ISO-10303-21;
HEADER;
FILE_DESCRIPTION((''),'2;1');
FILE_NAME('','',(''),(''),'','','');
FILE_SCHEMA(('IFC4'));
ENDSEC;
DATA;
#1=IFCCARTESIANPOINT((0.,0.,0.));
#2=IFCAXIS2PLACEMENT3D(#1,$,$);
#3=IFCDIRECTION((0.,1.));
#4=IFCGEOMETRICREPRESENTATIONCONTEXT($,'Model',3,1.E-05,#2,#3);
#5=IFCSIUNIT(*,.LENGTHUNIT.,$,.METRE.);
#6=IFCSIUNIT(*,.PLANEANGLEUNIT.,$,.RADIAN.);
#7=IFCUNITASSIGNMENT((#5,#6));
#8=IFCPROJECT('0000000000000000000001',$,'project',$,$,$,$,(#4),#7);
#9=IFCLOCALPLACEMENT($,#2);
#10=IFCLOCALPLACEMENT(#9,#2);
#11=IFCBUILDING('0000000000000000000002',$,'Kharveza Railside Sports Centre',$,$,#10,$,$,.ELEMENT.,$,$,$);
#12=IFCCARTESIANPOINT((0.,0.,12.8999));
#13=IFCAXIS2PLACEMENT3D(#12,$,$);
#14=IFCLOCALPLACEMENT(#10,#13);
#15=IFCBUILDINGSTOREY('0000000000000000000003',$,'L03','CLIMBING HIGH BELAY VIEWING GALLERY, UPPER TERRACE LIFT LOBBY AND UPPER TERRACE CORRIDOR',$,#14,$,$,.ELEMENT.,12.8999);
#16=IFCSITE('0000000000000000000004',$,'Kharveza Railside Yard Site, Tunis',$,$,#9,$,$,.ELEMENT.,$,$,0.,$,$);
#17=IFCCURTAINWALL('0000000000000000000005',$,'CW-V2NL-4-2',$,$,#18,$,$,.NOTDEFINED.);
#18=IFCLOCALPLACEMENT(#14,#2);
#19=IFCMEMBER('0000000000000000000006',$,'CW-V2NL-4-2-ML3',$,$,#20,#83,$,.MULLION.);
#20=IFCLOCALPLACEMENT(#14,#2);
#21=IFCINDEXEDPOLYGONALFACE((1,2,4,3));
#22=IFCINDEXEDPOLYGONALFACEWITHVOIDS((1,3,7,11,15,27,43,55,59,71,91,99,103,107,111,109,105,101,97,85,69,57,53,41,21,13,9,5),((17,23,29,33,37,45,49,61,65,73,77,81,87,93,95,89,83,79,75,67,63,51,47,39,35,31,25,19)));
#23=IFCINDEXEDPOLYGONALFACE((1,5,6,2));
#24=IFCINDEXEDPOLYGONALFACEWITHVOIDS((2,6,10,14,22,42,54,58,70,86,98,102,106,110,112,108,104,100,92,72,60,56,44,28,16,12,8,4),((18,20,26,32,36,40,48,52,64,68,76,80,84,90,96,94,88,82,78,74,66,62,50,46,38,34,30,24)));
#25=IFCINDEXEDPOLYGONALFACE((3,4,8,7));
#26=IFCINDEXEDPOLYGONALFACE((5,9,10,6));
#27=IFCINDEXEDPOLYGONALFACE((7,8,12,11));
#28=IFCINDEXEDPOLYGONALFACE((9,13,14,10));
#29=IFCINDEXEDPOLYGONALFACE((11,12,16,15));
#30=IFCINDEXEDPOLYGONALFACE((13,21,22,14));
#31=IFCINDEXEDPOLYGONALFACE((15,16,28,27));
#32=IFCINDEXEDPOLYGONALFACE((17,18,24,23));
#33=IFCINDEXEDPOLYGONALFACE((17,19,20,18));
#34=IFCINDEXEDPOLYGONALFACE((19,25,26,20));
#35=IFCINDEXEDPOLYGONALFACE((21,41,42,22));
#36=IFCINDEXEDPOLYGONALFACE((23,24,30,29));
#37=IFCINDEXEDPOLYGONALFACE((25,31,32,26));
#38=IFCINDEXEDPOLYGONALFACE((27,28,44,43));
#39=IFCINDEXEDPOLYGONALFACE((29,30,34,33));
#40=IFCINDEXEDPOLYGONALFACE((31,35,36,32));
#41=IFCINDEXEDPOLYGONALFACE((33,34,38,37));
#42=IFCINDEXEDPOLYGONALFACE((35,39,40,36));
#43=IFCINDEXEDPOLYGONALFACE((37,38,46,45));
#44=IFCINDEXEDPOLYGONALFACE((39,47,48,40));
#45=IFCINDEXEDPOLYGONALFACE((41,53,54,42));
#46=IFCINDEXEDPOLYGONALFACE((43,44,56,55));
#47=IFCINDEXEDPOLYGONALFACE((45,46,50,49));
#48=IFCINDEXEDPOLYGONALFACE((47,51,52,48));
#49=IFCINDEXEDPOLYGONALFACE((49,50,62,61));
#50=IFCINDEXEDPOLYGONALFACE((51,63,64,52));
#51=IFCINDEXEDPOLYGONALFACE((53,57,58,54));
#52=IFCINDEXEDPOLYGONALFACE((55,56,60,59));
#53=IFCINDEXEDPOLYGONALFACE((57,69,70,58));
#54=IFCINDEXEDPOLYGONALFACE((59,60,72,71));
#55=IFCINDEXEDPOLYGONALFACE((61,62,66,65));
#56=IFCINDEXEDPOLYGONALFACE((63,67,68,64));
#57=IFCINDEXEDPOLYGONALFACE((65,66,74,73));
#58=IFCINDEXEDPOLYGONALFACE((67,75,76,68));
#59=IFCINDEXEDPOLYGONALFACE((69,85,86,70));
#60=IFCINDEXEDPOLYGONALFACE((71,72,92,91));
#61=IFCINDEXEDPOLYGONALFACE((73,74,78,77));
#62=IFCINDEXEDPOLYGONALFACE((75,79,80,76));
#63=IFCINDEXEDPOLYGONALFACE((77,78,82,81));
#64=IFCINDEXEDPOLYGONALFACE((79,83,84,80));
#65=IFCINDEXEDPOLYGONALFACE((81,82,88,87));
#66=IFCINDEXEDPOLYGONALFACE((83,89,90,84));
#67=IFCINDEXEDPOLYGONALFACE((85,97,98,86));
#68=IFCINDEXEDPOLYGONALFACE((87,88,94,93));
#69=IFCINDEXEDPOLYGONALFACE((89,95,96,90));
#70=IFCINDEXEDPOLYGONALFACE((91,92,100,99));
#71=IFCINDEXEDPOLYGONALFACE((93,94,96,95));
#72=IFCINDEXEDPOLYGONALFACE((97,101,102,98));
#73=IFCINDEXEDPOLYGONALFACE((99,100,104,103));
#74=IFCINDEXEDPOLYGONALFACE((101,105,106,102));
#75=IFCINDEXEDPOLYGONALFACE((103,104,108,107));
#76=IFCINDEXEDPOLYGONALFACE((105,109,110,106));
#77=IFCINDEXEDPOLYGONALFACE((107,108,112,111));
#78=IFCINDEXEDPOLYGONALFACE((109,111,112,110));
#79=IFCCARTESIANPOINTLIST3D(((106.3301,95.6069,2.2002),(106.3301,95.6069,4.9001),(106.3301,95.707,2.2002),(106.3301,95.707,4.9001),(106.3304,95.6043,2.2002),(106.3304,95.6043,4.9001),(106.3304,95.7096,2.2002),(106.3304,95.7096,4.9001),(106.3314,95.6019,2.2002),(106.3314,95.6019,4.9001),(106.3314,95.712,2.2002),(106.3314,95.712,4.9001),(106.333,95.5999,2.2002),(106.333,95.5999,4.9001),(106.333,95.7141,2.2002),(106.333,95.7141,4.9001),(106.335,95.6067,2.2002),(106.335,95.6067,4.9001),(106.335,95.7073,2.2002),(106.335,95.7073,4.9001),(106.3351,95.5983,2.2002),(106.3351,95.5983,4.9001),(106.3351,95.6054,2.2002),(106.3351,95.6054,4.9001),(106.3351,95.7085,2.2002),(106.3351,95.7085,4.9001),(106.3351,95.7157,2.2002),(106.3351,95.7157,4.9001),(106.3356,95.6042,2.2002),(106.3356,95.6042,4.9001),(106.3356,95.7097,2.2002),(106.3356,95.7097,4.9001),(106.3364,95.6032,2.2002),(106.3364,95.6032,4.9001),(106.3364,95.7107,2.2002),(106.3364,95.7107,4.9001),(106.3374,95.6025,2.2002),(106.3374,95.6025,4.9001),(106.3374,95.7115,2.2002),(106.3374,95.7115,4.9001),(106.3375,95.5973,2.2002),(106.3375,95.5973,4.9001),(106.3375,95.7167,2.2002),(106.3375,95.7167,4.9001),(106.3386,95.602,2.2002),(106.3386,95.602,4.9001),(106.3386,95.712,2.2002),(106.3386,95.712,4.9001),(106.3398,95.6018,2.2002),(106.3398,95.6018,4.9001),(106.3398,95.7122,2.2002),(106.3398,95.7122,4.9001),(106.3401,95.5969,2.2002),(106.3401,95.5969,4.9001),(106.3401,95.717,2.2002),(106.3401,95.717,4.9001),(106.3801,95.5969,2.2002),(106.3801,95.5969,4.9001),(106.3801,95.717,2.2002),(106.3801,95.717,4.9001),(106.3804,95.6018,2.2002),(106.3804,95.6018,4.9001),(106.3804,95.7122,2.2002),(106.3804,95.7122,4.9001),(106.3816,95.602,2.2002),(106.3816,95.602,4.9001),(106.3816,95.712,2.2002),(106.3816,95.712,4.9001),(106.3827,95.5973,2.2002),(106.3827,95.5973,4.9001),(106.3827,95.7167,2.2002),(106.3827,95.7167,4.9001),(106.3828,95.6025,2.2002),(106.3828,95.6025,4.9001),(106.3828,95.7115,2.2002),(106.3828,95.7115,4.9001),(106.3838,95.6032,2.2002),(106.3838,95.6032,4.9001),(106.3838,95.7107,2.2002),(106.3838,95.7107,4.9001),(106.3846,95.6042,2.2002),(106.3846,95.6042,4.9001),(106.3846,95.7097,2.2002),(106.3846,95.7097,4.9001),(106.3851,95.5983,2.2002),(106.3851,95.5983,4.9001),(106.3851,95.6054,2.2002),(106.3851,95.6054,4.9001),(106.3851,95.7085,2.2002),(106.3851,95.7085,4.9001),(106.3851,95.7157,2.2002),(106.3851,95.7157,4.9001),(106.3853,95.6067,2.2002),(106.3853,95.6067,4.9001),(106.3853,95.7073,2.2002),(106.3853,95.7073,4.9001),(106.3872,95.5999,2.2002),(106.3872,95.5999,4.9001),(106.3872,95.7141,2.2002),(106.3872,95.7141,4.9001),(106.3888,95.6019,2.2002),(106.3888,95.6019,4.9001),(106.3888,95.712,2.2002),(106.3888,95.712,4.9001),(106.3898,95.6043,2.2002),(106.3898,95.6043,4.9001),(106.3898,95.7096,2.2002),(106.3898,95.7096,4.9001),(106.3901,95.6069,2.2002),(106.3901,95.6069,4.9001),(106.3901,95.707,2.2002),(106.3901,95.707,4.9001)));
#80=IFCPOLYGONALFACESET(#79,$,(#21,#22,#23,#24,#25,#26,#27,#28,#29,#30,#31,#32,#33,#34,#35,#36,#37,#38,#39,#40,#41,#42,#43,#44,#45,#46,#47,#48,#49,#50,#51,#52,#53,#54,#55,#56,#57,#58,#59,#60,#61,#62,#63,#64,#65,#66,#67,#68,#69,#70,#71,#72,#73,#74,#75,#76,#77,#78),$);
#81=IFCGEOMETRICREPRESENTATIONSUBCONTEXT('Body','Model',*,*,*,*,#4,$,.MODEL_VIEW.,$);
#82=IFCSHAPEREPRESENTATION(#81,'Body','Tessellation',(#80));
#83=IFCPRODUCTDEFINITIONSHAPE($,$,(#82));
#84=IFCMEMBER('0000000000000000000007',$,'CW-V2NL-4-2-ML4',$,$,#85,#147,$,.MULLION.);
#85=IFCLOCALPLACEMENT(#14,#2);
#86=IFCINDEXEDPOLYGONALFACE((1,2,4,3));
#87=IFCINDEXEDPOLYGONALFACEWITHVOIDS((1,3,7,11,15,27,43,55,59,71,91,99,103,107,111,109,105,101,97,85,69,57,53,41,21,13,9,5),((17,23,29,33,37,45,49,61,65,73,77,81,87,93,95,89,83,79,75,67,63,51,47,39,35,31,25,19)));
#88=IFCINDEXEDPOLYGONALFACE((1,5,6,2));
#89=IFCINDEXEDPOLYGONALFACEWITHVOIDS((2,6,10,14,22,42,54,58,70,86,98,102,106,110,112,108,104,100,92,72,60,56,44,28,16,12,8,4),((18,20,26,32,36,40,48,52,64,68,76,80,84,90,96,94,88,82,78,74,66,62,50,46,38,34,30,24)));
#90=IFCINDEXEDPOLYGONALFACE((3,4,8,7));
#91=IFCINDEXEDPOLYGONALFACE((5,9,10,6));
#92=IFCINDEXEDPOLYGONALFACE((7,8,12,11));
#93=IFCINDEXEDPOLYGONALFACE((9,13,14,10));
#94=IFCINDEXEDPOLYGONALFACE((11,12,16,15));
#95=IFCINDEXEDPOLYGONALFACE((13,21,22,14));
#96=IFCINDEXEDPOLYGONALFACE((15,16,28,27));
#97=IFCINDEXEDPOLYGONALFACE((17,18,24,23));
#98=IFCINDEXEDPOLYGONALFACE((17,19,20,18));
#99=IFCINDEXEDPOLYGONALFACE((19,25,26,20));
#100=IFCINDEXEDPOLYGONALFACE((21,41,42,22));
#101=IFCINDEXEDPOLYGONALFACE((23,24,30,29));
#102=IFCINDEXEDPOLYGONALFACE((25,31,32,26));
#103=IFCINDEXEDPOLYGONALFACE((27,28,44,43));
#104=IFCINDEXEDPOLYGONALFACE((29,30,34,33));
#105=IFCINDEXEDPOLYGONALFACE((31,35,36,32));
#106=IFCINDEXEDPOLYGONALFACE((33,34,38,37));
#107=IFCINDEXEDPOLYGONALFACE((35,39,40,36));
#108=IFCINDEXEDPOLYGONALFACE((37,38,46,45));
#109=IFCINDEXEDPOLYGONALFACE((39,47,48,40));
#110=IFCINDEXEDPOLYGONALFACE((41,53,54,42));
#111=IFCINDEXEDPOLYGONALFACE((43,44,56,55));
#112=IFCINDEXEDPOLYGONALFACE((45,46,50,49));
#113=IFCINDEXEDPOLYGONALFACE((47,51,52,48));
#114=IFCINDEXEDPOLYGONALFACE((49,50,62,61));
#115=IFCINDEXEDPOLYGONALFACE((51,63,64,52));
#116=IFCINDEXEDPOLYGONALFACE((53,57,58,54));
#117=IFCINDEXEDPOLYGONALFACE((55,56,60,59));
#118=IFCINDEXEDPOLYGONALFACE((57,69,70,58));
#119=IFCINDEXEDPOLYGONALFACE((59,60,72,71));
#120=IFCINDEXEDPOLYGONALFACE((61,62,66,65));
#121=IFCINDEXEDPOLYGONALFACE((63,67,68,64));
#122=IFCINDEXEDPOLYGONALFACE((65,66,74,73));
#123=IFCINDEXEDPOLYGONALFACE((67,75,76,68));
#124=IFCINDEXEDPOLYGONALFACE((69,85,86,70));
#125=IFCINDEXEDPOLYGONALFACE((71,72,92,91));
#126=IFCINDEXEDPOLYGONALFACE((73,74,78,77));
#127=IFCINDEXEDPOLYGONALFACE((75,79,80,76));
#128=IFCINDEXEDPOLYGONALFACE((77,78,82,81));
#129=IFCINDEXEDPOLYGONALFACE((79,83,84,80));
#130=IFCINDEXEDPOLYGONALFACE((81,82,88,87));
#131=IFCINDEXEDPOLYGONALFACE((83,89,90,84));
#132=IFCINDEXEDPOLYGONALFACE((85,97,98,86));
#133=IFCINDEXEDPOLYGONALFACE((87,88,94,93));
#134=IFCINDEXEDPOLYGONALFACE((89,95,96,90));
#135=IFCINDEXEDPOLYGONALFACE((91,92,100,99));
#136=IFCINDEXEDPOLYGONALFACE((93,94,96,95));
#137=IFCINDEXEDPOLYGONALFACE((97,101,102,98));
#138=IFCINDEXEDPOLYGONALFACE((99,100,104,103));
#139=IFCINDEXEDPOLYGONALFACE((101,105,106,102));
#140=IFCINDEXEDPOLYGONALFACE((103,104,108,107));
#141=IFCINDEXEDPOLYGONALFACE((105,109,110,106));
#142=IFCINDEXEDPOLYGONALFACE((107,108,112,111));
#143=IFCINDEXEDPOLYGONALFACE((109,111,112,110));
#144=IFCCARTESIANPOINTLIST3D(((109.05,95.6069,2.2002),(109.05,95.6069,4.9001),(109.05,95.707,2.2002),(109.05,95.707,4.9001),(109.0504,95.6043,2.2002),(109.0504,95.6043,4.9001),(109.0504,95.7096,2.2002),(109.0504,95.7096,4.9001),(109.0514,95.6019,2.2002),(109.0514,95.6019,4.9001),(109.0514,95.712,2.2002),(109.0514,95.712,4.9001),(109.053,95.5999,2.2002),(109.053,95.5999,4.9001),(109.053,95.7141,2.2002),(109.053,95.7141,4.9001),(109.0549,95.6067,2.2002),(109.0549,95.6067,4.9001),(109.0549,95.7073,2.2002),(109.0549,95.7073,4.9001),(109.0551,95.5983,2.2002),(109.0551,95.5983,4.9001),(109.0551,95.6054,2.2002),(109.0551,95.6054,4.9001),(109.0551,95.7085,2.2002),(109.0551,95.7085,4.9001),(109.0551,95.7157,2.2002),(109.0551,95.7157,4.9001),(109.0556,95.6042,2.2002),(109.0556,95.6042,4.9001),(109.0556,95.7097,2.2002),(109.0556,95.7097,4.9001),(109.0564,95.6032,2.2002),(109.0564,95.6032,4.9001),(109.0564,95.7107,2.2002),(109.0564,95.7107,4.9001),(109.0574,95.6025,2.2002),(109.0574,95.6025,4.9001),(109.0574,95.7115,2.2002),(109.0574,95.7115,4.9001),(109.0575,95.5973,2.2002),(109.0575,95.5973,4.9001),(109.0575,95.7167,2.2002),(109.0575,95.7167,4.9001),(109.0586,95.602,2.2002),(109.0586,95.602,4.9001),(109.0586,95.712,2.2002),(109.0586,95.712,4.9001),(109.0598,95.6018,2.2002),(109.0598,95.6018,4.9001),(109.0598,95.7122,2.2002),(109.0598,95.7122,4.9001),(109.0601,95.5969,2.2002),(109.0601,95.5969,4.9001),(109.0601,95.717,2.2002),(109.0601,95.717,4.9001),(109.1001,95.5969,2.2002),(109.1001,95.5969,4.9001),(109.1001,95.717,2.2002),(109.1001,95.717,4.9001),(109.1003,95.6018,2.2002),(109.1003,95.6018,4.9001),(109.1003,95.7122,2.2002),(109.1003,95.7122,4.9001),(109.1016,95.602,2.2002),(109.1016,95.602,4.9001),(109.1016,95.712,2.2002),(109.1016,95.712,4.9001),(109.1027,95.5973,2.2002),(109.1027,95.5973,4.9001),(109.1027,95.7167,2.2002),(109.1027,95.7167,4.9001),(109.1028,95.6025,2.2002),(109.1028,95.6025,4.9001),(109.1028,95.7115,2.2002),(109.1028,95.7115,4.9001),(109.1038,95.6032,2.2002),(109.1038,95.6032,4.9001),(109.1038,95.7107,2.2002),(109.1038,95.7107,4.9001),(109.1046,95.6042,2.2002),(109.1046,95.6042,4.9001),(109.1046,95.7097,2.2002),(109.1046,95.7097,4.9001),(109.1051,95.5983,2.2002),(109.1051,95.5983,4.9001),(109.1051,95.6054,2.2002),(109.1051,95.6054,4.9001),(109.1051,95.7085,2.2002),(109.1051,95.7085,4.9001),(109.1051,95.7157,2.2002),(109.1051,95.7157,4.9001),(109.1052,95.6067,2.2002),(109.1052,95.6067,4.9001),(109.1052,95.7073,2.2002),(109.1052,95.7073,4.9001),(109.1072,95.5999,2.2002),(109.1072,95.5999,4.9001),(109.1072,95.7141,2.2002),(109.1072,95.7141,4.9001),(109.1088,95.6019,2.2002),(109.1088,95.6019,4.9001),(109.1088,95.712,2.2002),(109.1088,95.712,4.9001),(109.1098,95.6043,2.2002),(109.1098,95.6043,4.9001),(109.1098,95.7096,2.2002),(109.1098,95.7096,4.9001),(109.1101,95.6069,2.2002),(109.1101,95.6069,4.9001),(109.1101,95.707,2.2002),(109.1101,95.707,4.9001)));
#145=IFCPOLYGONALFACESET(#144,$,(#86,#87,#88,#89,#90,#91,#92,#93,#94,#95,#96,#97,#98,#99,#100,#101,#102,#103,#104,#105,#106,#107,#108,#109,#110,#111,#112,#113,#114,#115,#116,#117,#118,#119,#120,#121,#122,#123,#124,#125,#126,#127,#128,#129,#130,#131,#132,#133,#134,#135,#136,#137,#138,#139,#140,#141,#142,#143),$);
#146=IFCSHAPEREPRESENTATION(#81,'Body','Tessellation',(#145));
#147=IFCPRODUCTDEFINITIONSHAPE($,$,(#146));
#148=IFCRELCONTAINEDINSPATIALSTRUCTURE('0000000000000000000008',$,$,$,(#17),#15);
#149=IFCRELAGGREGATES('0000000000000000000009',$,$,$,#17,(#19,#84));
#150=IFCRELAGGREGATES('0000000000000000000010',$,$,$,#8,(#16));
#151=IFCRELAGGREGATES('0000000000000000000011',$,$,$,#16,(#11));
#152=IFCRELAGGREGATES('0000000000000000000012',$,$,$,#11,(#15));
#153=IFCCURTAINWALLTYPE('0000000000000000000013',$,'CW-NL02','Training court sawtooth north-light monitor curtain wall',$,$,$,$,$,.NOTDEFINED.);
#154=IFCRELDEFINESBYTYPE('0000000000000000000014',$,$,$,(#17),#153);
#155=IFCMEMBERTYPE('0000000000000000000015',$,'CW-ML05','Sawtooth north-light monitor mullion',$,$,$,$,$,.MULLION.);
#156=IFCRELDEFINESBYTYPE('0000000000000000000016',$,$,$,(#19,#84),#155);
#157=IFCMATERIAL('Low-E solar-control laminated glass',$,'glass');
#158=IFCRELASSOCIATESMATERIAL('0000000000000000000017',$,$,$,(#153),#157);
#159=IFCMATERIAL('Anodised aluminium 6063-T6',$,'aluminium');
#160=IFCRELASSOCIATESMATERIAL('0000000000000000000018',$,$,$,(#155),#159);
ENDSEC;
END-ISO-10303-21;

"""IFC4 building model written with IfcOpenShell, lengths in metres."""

from ifc_helpers import new_model, si_unit, direction, frame, origin, origin_2d, place, context, subcontext, project, spatial, hollow_rectangle, extrude, material, material_profile, profile_set, type_object, element, aggregate, save


model = new_model("IFC4")

# Units and contexts
model_context = context("Model", 3, precision=1e-05, world=origin(), true_north=direction((0.0, 1.0)))
body_context = subcontext(model_context, "Body", "Model", "MODEL_VIEW")
ifc_project = project(units=[si_unit("LENGTHUNIT", "METRE"), si_unit("PLANEANGLEUNIT", "RADIAN")], contexts=[model_context])

# Site, building, storey
site_placement = place(None, origin())
site = spatial("IfcSite", under=ifc_project, at=site_placement, Name="Kharveza Railside Yard Site, Tunis", CompositionType="ELEMENT", RefElevation=0.0)
building_placement = place(site_placement, origin())
building = spatial("IfcBuilding", under=site, at=building_placement, Name="Kharveza Railside Sports Centre", CompositionType="ELEMENT")
storey_placement = place(building_placement, frame((0.0, 0.0, 12.8999)))
storey = spatial("IfcBuildingStorey", under=building, at=storey_placement, Name="L03", Description="CLIMBING HIGH BELAY VIEWING GALLERY, UPPER TERRACE LIFT LOBBY AND UPPER TERRACE CORRIDOR", CompositionType="ELEMENT", Elevation=12.8999)

# Curtain wall, members
ifc_material_1 = material(Name="Low-E solar-control laminated glass", Category="glass")
curtain_wall_type = type_object("IfcCurtainWallType", Name="CW-NL02", Description="Training court sawtooth north-light monitor curtain wall", PredefinedType="NOTDEFINED", material=ifc_material_1)
ifc_material_2 = material(Name="Anodised aluminium 6063-T6", Category="aluminium")
ifc_material_profile_1 = material_profile(ifc_material_2, hollow_rectangle(XDim=0.0601, YDim=0.1201, WallThickness=0.0049, InnerFilletRadius=0.0049, OuterFilletRadius=0.01, at=origin_2d()), Name="RHS 60x120x5.0")
ifc_profile_set_1 = profile_set([ifc_material_profile_1], Name="Anodised aluminium 6063-T6")
member_type_1 = type_object("IfcMemberType", Name="CW-ML05", Description="Sawtooth north-light monitor mullion", PredefinedType="MULLION", material=ifc_profile_set_1)
curtain_wall_1_placement = place(storey_placement, origin())
curtain_wall_1 = element("IfcCurtainWall", 1, at=curtain_wall_1_placement, inside=storey, type_object=curtain_wall_type, Name="CW-V2NL-4-2", PredefinedType="NOTDEFINED")
member_1_placement = place(storey_placement, frame((106.3601, 95.657, 2.2002), z_axis=(0.0, 0.0, 1.0), x_axis=(1.0, 0.0, 0.0)))
member_1 = element("IfcMember", 2, at=member_1_placement, type_object=member_type_1, Name="CW-V2NL-4-2-ML3", PredefinedType="MULLION", context=body_context, shape_type="SweptSolid", body=[
    extrude(hollow_rectangle(XDim=0.0601, YDim=0.1201, WallThickness=0.0049, InnerFilletRadius=0.0049, OuterFilletRadius=0.01, at=origin_2d()), origin(), (0.0, 0.0, 1.0), 2.7),
])
member_2_placement = place(storey_placement, frame((109.0801, 95.657, 2.2002), z_axis=(0.0, 0.0, 1.0), x_axis=(1.0, 0.0, 0.0)))
member_2 = element("IfcMember", 3, at=member_2_placement, type_object=member_type_1, Name="CW-V2NL-4-2-ML4", PredefinedType="MULLION", context=body_context, shape_type="SweptSolid", body=[
    extrude(hollow_rectangle(XDim=0.0601, YDim=0.1201, WallThickness=0.0049, InnerFilletRadius=0.0049, OuterFilletRadius=0.01, at=origin_2d()), origin(), (0.0, 0.0, 1.0), 2.7),
])

aggregate(curtain_wall_1, [member_1, member_2])

save(model, "model.ifc")
